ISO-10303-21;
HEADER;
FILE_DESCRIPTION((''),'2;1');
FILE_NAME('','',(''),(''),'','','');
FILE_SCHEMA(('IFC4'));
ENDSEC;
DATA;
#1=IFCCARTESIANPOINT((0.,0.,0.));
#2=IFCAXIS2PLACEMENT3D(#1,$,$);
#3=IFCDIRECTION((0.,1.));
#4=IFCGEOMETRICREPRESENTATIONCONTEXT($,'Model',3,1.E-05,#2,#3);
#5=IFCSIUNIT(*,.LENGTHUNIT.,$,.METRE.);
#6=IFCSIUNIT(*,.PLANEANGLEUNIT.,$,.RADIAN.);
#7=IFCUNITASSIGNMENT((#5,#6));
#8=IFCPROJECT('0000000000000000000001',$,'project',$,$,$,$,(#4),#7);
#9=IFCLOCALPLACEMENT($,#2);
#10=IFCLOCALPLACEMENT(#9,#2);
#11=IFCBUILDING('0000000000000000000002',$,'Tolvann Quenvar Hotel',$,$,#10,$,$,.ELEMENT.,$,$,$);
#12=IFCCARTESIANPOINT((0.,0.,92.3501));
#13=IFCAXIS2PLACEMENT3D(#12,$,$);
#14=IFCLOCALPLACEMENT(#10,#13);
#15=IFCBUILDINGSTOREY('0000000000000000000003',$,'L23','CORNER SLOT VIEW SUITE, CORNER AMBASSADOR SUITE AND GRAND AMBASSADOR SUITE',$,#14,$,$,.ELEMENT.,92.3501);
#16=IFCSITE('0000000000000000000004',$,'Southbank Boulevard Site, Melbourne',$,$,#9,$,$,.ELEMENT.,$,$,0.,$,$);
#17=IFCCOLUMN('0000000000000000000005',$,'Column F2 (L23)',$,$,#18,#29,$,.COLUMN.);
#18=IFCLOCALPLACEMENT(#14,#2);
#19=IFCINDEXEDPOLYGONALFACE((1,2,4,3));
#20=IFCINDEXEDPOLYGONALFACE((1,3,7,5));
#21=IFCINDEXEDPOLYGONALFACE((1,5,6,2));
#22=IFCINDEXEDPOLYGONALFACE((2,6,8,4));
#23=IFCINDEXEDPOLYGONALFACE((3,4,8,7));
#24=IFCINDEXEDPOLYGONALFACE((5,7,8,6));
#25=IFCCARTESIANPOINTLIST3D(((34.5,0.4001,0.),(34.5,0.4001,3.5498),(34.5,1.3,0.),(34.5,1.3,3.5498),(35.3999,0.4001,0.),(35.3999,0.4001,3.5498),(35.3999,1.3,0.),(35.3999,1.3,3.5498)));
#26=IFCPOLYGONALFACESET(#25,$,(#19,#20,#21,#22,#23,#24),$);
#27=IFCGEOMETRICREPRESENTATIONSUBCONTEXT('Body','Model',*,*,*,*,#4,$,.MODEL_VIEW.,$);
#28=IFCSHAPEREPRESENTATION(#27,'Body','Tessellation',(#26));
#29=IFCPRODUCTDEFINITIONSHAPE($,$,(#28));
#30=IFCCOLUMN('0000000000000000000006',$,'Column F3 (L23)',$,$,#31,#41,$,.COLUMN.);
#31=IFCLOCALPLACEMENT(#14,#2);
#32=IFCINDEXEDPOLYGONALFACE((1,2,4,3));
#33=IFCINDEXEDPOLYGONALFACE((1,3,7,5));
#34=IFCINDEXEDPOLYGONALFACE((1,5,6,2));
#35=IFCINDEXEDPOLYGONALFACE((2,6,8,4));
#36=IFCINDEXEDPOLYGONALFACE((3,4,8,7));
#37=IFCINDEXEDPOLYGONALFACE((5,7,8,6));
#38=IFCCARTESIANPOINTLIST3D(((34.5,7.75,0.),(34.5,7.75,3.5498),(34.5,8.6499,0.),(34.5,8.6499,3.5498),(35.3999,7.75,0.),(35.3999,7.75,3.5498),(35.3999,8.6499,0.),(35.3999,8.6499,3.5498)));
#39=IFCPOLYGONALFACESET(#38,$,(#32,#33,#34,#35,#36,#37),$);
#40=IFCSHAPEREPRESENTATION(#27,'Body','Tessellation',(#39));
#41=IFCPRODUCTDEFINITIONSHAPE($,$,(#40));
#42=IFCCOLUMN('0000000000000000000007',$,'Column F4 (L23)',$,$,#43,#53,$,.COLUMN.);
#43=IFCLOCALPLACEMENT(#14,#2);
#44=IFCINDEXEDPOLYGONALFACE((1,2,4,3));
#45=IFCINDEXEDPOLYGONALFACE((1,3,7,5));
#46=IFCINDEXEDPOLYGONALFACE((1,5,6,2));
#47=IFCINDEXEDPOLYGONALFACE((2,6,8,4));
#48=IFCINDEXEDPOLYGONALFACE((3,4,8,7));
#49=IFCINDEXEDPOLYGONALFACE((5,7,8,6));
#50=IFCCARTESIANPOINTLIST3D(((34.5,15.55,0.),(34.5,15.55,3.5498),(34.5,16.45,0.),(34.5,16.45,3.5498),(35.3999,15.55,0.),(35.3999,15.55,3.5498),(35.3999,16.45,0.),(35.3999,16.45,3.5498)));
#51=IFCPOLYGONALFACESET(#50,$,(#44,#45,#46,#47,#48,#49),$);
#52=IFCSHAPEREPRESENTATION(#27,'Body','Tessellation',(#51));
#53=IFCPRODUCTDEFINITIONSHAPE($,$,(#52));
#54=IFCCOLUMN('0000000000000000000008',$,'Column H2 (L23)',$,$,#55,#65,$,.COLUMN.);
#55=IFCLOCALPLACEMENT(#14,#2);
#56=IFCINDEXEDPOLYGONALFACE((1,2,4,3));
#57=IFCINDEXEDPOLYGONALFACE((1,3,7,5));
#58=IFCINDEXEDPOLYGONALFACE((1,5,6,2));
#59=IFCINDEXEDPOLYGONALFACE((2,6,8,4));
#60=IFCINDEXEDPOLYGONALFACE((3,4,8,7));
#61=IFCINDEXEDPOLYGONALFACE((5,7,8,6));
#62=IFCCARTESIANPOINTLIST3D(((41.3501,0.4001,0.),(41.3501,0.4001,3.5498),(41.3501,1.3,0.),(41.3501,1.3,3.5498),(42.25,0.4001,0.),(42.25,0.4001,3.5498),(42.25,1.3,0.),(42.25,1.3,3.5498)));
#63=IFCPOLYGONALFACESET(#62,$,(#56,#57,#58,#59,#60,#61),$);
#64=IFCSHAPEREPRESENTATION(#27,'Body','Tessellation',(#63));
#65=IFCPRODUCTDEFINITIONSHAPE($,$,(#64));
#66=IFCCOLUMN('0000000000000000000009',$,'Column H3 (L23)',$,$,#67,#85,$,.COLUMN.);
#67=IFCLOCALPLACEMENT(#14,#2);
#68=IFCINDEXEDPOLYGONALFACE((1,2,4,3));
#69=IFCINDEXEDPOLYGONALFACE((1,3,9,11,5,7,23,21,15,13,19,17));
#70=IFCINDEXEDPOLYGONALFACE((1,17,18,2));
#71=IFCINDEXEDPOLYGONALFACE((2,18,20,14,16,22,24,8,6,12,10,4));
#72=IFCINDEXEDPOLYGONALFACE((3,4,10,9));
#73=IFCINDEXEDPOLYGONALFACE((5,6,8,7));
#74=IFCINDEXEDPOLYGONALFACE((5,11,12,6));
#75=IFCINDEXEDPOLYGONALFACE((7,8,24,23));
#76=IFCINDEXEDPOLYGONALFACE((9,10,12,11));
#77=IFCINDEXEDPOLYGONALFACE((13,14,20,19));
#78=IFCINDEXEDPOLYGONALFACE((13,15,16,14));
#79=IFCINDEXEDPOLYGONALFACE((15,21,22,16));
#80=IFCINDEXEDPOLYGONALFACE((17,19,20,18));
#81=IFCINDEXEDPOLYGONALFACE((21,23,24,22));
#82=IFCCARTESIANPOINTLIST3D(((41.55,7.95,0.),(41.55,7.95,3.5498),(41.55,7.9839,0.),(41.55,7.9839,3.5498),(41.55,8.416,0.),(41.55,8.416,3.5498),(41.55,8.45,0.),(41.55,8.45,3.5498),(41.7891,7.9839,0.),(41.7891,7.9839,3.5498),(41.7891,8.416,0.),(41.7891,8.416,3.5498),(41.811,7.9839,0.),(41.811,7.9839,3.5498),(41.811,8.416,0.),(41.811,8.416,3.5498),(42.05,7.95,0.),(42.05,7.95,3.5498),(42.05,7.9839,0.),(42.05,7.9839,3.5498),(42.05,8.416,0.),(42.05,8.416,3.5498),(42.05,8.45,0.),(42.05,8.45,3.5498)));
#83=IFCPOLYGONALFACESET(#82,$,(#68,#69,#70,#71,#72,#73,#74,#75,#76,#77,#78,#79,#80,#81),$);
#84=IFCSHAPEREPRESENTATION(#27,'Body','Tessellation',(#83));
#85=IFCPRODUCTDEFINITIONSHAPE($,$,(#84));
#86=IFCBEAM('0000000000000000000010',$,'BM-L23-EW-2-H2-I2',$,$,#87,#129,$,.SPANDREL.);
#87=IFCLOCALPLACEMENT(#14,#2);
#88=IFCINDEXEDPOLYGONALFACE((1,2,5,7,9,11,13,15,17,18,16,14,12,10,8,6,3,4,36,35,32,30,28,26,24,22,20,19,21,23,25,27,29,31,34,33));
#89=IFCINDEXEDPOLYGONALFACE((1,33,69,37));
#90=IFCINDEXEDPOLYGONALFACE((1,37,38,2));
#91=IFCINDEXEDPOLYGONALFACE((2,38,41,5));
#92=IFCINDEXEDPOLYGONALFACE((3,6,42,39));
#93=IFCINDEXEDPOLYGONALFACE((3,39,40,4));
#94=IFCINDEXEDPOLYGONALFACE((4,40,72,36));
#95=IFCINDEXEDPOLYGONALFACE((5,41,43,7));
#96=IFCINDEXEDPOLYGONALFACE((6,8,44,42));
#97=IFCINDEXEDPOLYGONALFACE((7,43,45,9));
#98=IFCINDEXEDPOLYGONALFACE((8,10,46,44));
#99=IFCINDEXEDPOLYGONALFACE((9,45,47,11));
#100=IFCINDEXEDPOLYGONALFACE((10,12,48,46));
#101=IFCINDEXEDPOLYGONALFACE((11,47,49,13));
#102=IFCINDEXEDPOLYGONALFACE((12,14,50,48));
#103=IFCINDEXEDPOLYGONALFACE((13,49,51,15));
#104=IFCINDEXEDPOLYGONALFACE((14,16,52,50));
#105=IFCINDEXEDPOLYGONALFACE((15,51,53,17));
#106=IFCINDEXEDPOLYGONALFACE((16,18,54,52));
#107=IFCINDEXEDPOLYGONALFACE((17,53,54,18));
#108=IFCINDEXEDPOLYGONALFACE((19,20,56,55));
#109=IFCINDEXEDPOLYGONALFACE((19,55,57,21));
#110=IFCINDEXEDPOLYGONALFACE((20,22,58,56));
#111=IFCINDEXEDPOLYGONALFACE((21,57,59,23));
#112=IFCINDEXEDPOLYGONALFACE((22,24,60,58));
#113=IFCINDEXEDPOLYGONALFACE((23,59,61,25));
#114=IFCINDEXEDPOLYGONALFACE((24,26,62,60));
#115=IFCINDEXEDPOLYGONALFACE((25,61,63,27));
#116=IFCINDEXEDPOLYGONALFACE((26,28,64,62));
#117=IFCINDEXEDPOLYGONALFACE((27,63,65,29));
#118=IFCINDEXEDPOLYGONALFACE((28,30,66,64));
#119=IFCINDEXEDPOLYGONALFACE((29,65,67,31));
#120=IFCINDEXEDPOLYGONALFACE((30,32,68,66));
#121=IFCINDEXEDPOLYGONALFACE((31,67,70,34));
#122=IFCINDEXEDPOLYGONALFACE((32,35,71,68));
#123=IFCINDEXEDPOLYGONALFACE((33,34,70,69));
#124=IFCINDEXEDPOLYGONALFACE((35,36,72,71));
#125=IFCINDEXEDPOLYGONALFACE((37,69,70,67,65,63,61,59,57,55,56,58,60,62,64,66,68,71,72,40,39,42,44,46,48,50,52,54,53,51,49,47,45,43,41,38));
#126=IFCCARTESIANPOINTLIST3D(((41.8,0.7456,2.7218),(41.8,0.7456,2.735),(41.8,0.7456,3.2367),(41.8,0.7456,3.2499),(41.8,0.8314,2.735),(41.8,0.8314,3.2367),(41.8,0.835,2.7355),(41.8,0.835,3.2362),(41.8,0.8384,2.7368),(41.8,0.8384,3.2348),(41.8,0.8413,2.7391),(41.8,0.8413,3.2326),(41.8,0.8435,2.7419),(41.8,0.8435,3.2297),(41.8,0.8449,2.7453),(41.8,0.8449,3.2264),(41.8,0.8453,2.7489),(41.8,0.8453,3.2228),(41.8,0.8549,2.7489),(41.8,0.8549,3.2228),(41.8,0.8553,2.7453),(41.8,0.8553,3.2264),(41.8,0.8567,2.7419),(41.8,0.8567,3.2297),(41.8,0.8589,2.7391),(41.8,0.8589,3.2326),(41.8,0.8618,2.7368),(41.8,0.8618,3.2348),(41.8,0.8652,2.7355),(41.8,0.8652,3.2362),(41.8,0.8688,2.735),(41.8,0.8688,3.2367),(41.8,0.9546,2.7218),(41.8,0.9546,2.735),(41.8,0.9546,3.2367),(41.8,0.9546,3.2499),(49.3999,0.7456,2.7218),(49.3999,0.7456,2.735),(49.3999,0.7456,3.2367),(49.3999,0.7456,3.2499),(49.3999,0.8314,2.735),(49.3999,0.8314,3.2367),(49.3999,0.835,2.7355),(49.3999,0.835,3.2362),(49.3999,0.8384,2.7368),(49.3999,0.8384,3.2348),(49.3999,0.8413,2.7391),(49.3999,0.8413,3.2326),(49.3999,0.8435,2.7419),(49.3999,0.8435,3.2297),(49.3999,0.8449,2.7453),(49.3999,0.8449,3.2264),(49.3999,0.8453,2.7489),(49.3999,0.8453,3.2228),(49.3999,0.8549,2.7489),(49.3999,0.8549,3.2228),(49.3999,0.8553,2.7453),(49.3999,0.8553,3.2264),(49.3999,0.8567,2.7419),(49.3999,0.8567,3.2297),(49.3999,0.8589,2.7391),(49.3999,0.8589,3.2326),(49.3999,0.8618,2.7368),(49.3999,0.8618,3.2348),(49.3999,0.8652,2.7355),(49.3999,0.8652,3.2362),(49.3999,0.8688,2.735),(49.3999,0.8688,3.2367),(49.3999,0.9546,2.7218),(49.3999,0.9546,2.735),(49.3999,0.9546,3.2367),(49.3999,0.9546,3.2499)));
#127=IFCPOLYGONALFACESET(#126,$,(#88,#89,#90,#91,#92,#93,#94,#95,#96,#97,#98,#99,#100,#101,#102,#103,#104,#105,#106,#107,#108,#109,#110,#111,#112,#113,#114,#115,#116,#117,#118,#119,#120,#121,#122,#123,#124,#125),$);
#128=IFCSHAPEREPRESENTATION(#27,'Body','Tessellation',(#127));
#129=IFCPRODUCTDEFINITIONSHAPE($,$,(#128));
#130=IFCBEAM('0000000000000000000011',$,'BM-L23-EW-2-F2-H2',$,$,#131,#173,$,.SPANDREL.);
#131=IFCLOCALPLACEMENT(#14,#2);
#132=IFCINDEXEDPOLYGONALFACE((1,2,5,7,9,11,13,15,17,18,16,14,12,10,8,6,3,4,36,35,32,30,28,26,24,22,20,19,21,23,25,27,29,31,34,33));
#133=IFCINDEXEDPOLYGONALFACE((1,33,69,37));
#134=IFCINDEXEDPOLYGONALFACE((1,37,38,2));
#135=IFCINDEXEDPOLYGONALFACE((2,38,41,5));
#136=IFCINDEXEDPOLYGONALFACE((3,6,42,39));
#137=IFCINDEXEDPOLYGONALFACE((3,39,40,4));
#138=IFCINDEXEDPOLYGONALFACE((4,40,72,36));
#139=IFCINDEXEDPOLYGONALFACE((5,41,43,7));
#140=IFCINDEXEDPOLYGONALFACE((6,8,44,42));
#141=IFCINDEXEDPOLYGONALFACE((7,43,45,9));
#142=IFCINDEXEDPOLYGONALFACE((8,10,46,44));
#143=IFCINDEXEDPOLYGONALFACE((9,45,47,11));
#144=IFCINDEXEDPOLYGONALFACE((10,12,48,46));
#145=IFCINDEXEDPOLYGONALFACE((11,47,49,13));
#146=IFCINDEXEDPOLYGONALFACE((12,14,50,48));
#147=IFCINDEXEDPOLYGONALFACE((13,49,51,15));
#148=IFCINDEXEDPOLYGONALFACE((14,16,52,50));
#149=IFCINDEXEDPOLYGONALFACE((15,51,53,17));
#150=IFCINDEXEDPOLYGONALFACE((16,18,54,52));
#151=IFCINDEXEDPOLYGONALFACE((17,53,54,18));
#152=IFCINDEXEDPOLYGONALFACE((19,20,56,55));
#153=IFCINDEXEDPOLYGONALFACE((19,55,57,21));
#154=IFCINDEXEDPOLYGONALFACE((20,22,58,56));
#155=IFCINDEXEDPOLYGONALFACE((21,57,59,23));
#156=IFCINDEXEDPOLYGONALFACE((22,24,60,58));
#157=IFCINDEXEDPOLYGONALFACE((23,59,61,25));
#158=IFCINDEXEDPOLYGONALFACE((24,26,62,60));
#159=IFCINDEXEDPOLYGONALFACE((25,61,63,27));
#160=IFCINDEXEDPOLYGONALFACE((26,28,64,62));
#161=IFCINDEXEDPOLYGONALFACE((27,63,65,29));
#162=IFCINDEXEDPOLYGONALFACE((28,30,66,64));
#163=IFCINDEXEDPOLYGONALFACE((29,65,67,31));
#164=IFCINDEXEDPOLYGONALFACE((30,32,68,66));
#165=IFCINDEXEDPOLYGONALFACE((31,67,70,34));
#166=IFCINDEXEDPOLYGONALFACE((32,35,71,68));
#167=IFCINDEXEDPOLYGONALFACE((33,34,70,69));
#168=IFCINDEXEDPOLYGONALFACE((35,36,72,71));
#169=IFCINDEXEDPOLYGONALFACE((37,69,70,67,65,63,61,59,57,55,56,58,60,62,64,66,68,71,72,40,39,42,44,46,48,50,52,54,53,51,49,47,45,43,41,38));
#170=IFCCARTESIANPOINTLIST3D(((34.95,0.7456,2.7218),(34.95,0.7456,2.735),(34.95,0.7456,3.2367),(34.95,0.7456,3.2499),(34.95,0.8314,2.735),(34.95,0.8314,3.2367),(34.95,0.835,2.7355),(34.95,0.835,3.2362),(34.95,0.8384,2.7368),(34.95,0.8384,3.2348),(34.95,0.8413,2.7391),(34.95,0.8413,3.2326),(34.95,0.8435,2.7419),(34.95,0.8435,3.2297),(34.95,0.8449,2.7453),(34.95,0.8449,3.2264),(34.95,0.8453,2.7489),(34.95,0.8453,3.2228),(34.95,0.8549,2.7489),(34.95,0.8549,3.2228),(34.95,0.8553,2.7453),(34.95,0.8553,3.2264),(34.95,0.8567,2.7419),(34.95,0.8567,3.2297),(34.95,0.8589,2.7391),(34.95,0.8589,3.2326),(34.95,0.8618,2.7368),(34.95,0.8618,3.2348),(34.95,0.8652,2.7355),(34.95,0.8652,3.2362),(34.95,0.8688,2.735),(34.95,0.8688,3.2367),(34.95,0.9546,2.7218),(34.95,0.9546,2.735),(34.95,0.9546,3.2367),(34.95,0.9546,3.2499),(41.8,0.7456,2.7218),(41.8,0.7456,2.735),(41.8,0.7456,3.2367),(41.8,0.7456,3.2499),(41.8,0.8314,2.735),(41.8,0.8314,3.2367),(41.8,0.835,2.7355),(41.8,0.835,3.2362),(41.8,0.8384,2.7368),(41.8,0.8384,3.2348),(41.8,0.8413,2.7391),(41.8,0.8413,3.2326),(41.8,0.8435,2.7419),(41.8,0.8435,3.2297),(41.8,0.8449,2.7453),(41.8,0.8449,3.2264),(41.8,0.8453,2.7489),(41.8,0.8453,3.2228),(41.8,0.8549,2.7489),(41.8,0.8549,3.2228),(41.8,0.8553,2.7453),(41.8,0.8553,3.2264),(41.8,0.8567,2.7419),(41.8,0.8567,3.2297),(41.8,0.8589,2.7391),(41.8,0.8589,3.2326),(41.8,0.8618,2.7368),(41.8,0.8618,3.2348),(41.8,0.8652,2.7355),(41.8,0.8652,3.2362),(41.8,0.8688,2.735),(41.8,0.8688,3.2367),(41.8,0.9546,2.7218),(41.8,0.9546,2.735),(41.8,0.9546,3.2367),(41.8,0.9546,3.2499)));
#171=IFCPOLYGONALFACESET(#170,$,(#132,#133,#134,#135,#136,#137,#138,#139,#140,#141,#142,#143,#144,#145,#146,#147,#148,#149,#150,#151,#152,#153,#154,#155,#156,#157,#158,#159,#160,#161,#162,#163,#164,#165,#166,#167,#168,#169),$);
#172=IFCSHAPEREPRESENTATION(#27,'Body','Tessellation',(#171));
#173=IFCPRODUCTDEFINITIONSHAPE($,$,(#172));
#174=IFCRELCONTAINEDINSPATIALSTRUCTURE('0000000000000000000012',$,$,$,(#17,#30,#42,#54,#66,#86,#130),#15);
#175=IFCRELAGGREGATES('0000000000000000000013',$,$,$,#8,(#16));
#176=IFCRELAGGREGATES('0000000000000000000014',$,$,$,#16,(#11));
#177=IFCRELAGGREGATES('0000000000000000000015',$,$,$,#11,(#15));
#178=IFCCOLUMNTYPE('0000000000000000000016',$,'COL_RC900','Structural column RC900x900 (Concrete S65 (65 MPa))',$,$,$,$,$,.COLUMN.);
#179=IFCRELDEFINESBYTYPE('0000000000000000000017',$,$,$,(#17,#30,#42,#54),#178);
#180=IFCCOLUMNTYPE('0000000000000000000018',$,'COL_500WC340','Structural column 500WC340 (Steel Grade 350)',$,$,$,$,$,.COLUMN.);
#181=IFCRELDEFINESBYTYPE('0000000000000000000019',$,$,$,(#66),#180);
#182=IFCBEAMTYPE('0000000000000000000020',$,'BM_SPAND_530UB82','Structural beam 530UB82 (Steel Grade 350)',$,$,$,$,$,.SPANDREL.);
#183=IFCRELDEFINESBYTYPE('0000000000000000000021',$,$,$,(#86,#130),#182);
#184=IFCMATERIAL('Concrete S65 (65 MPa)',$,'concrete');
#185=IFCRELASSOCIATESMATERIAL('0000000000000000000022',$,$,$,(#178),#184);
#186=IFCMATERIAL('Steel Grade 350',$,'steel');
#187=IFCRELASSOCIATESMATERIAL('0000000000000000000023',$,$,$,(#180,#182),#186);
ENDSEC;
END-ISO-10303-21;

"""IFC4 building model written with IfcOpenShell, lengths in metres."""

from ifc_helpers import new_model, si_unit, direction, frame, origin, origin_2d, place, context, subcontext, project, spatial, rectangle, i_section, extrude, source, transform, mapped, material, material_profile, profile_set, type_object, type_shapes, element, save


model = new_model("IFC4")

# Units and contexts
model_context = context("Model", 3, precision=1e-05, world=origin(), true_north=direction((0.0, 1.0)))
body_context = subcontext(model_context, "Body", "Model", "MODEL_VIEW")
ifc_project = project(units=[si_unit("LENGTHUNIT", "METRE"), si_unit("PLANEANGLEUNIT", "RADIAN")], contexts=[model_context])

# Site, building, storey
site_placement = place(None, origin())
site = spatial("IfcSite", under=ifc_project, at=site_placement, Name="Southbank Boulevard Site, Melbourne", CompositionType="ELEMENT", RefElevation=0.0)
building_placement = place(site_placement, origin())
building = spatial("IfcBuilding", under=site, at=building_placement, Name="Tolvann Quenvar Hotel", CompositionType="ELEMENT")
storey_placement = place(building_placement, frame((0.0, 0.0, 92.3501)))
storey = spatial("IfcBuildingStorey", under=building, at=storey_placement, Name="L23", Description="CORNER SLOT VIEW SUITE, CORNER AMBASSADOR SUITE AND GRAND AMBASSADOR SUITE", CompositionType="ELEMENT", Elevation=92.3501)

# Columns
ifc_material_1 = material(Name="Concrete S65 (65 MPa)", Category="concrete")
ifc_material_profile_1 = material_profile(ifc_material_1, rectangle(XDim=0.8999, YDim=0.8999, at=origin_2d()), Name="RC900x900")
ifc_profile_set_1 = profile_set([ifc_material_profile_1], Name="Concrete S65 (65 MPa)")
column_type_1 = type_object("IfcColumnType", Name="COL_RC900", Description="Structural column RC900x900 (Concrete S65 (65 MPa))", PredefinedType="COLUMN", material=ifc_profile_set_1)
shared_shape_1 = source(origin(), body_context, "Body", "SweptSolid", [
    extrude(rectangle(XDim=0.8999, YDim=0.8999, at=origin_2d()), origin(), (0.0, 0.0, 1.0), 3.5498),
])
type_shapes(column_type_1, [shared_shape_1])
for number, where, z_axis, x_axis, name in (
    (1, (34.95, 0.8501, 0.0), (0.0, 0.0, 1.0), (1.0, 0.0, 0.0), "Column F2 (L23)"),
    (2, (34.95, 8.2, 0.0), (0.0, 0.0, 1.0), (1.0, 0.0, 0.0), "Column F3 (L23)"),
    (3, (34.95, 16.0, 0.0), (0.0, 0.0, 1.0), (1.0, 0.0, 0.0), "Column F4 (L23)"),
    (4, (41.8, 0.8501, 0.0), (0.0, 0.0, 1.0), (1.0, 0.0, 0.0), "Column H2 (L23)"),
):
    element("IfcColumn", number, at=place(storey_placement, frame(where, z_axis=z_axis, x_axis=x_axis)), inside=storey, type_object=column_type_1, Name=name, PredefinedType="COLUMN", context=body_context, shape_type="MappedRepresentation", body=[
        mapped(shared_shape_1, transform((0.0, 0.0, 0.0), x_axis=(1.0, 0.0, 0.0), y_axis=(0.0, 1.0, 0.0), z_axis=(0.0, 0.0, 1.0), scale=1.0)),
    ])
ifc_material_2 = material(Name="Steel Grade 350", Category="steel")
ifc_material_profile_2 = material_profile(ifc_material_2, i_section(OverallWidth=0.5, OverallDepth=0.5, WebThickness=0.022, FlangeThickness=0.0339, at=origin_2d()), Name="500WC340")
ifc_profile_set_2 = profile_set([ifc_material_profile_2], Name="Steel Grade 350")
column_type_2 = type_object("IfcColumnType", Name="COL_500WC340", Description="Structural column 500WC340 (Steel Grade 350)", PredefinedType="COLUMN", material=ifc_profile_set_2)
shared_shape_2 = source(origin(), body_context, "Body", "SweptSolid", [
    extrude(i_section(OverallWidth=0.5, OverallDepth=0.5, WebThickness=0.022, FlangeThickness=0.0339, at=origin_2d()), origin(), (0.0, 0.0, 1.0), 3.5498),
])
type_shapes(column_type_2, [shared_shape_2])
column_placement = place(storey_placement, frame((41.8, 8.2, 0.0), z_axis=(0.0, 0.0, 1.0), x_axis=(1.0, 0.0, 0.0)))
element("IfcColumn", 5, at=column_placement, inside=storey, type_object=column_type_2, Name="Column H3 (L23)", PredefinedType="COLUMN", context=body_context, shape_type="MappedRepresentation", body=[
    mapped(shared_shape_2, transform((0.0, 0.0, 0.0), x_axis=(1.0, 0.0, 0.0), y_axis=(0.0, 1.0, 0.0), z_axis=(0.0, 0.0, 1.0), scale=1.0)),
])

# Beams
ifc_material_profile_3 = material_profile(ifc_material_2, i_section(OverallWidth=0.209, OverallDepth=0.5281, WebThickness=0.0095, FlangeThickness=0.0132, FilletRadius=0.0139, at=origin_2d()), Name="530UB82")
ifc_profile_set_3 = profile_set([ifc_material_profile_3], Name="Steel Grade 350")
beam_type_1 = type_object("IfcBeamType", Name="BM_SPAND_530UB82", Description="Structural beam 530UB82 (Steel Grade 350)", PredefinedType="SPANDREL", material=ifc_profile_set_3)
shared_shape_3 = source(origin(), body_context, "Body", "SweptSolid", [
    extrude(i_section(OverallWidth=0.209, OverallDepth=0.5281, WebThickness=0.0095, FlangeThickness=0.0132, FilletRadius=0.0139, at=origin_2d()), origin(), (0.0, 0.0, 1.0), 7.5999),
])
beam_1_placement = place(storey_placement, frame((41.8, 0.8501, 2.9858), z_axis=(1.0, 0.0, 0.0), x_axis=(0.0, 1.0, 0.0)))
element("IfcBeam", 6, at=beam_1_placement, inside=storey, type_object=beam_type_1, Name="BM-L23-EW-2-H2-I2", PredefinedType="SPANDREL", context=body_context, shape_type="MappedRepresentation", body=[
    mapped(shared_shape_3, transform((0.0, 0.0, 0.0), x_axis=(1.0, 0.0, 0.0), y_axis=(0.0, 1.0, 0.0), z_axis=(0.0, 0.0, 1.0), scale=1.0)),
])
shared_shape_4 = source(origin(), body_context, "Body", "SweptSolid", [
    extrude(i_section(OverallWidth=0.209, OverallDepth=0.5281, WebThickness=0.0095, FlangeThickness=0.0132, FilletRadius=0.0139, at=origin_2d()), origin(), (0.0, 0.0, 1.0), 6.8501),
])
type_shapes(beam_type_1, [shared_shape_3, shared_shape_4])
beam_2_placement = place(storey_placement, frame((34.95, 0.8501, 2.9858), z_axis=(1.0, 0.0, 0.0), x_axis=(0.0, 1.0, 0.0)))
element("IfcBeam", 7, at=beam_2_placement, inside=storey, type_object=beam_type_1, Name="BM-L23-EW-2-F2-H2", PredefinedType="SPANDREL", context=body_context, shape_type="MappedRepresentation", body=[
    mapped(shared_shape_4, transform((0.0, 0.0, 0.0), x_axis=(1.0, 0.0, 0.0), y_axis=(0.0, 1.0, 0.0), z_axis=(0.0, 0.0, 1.0), scale=1.0)),
])

save(model, "model.ifc")
